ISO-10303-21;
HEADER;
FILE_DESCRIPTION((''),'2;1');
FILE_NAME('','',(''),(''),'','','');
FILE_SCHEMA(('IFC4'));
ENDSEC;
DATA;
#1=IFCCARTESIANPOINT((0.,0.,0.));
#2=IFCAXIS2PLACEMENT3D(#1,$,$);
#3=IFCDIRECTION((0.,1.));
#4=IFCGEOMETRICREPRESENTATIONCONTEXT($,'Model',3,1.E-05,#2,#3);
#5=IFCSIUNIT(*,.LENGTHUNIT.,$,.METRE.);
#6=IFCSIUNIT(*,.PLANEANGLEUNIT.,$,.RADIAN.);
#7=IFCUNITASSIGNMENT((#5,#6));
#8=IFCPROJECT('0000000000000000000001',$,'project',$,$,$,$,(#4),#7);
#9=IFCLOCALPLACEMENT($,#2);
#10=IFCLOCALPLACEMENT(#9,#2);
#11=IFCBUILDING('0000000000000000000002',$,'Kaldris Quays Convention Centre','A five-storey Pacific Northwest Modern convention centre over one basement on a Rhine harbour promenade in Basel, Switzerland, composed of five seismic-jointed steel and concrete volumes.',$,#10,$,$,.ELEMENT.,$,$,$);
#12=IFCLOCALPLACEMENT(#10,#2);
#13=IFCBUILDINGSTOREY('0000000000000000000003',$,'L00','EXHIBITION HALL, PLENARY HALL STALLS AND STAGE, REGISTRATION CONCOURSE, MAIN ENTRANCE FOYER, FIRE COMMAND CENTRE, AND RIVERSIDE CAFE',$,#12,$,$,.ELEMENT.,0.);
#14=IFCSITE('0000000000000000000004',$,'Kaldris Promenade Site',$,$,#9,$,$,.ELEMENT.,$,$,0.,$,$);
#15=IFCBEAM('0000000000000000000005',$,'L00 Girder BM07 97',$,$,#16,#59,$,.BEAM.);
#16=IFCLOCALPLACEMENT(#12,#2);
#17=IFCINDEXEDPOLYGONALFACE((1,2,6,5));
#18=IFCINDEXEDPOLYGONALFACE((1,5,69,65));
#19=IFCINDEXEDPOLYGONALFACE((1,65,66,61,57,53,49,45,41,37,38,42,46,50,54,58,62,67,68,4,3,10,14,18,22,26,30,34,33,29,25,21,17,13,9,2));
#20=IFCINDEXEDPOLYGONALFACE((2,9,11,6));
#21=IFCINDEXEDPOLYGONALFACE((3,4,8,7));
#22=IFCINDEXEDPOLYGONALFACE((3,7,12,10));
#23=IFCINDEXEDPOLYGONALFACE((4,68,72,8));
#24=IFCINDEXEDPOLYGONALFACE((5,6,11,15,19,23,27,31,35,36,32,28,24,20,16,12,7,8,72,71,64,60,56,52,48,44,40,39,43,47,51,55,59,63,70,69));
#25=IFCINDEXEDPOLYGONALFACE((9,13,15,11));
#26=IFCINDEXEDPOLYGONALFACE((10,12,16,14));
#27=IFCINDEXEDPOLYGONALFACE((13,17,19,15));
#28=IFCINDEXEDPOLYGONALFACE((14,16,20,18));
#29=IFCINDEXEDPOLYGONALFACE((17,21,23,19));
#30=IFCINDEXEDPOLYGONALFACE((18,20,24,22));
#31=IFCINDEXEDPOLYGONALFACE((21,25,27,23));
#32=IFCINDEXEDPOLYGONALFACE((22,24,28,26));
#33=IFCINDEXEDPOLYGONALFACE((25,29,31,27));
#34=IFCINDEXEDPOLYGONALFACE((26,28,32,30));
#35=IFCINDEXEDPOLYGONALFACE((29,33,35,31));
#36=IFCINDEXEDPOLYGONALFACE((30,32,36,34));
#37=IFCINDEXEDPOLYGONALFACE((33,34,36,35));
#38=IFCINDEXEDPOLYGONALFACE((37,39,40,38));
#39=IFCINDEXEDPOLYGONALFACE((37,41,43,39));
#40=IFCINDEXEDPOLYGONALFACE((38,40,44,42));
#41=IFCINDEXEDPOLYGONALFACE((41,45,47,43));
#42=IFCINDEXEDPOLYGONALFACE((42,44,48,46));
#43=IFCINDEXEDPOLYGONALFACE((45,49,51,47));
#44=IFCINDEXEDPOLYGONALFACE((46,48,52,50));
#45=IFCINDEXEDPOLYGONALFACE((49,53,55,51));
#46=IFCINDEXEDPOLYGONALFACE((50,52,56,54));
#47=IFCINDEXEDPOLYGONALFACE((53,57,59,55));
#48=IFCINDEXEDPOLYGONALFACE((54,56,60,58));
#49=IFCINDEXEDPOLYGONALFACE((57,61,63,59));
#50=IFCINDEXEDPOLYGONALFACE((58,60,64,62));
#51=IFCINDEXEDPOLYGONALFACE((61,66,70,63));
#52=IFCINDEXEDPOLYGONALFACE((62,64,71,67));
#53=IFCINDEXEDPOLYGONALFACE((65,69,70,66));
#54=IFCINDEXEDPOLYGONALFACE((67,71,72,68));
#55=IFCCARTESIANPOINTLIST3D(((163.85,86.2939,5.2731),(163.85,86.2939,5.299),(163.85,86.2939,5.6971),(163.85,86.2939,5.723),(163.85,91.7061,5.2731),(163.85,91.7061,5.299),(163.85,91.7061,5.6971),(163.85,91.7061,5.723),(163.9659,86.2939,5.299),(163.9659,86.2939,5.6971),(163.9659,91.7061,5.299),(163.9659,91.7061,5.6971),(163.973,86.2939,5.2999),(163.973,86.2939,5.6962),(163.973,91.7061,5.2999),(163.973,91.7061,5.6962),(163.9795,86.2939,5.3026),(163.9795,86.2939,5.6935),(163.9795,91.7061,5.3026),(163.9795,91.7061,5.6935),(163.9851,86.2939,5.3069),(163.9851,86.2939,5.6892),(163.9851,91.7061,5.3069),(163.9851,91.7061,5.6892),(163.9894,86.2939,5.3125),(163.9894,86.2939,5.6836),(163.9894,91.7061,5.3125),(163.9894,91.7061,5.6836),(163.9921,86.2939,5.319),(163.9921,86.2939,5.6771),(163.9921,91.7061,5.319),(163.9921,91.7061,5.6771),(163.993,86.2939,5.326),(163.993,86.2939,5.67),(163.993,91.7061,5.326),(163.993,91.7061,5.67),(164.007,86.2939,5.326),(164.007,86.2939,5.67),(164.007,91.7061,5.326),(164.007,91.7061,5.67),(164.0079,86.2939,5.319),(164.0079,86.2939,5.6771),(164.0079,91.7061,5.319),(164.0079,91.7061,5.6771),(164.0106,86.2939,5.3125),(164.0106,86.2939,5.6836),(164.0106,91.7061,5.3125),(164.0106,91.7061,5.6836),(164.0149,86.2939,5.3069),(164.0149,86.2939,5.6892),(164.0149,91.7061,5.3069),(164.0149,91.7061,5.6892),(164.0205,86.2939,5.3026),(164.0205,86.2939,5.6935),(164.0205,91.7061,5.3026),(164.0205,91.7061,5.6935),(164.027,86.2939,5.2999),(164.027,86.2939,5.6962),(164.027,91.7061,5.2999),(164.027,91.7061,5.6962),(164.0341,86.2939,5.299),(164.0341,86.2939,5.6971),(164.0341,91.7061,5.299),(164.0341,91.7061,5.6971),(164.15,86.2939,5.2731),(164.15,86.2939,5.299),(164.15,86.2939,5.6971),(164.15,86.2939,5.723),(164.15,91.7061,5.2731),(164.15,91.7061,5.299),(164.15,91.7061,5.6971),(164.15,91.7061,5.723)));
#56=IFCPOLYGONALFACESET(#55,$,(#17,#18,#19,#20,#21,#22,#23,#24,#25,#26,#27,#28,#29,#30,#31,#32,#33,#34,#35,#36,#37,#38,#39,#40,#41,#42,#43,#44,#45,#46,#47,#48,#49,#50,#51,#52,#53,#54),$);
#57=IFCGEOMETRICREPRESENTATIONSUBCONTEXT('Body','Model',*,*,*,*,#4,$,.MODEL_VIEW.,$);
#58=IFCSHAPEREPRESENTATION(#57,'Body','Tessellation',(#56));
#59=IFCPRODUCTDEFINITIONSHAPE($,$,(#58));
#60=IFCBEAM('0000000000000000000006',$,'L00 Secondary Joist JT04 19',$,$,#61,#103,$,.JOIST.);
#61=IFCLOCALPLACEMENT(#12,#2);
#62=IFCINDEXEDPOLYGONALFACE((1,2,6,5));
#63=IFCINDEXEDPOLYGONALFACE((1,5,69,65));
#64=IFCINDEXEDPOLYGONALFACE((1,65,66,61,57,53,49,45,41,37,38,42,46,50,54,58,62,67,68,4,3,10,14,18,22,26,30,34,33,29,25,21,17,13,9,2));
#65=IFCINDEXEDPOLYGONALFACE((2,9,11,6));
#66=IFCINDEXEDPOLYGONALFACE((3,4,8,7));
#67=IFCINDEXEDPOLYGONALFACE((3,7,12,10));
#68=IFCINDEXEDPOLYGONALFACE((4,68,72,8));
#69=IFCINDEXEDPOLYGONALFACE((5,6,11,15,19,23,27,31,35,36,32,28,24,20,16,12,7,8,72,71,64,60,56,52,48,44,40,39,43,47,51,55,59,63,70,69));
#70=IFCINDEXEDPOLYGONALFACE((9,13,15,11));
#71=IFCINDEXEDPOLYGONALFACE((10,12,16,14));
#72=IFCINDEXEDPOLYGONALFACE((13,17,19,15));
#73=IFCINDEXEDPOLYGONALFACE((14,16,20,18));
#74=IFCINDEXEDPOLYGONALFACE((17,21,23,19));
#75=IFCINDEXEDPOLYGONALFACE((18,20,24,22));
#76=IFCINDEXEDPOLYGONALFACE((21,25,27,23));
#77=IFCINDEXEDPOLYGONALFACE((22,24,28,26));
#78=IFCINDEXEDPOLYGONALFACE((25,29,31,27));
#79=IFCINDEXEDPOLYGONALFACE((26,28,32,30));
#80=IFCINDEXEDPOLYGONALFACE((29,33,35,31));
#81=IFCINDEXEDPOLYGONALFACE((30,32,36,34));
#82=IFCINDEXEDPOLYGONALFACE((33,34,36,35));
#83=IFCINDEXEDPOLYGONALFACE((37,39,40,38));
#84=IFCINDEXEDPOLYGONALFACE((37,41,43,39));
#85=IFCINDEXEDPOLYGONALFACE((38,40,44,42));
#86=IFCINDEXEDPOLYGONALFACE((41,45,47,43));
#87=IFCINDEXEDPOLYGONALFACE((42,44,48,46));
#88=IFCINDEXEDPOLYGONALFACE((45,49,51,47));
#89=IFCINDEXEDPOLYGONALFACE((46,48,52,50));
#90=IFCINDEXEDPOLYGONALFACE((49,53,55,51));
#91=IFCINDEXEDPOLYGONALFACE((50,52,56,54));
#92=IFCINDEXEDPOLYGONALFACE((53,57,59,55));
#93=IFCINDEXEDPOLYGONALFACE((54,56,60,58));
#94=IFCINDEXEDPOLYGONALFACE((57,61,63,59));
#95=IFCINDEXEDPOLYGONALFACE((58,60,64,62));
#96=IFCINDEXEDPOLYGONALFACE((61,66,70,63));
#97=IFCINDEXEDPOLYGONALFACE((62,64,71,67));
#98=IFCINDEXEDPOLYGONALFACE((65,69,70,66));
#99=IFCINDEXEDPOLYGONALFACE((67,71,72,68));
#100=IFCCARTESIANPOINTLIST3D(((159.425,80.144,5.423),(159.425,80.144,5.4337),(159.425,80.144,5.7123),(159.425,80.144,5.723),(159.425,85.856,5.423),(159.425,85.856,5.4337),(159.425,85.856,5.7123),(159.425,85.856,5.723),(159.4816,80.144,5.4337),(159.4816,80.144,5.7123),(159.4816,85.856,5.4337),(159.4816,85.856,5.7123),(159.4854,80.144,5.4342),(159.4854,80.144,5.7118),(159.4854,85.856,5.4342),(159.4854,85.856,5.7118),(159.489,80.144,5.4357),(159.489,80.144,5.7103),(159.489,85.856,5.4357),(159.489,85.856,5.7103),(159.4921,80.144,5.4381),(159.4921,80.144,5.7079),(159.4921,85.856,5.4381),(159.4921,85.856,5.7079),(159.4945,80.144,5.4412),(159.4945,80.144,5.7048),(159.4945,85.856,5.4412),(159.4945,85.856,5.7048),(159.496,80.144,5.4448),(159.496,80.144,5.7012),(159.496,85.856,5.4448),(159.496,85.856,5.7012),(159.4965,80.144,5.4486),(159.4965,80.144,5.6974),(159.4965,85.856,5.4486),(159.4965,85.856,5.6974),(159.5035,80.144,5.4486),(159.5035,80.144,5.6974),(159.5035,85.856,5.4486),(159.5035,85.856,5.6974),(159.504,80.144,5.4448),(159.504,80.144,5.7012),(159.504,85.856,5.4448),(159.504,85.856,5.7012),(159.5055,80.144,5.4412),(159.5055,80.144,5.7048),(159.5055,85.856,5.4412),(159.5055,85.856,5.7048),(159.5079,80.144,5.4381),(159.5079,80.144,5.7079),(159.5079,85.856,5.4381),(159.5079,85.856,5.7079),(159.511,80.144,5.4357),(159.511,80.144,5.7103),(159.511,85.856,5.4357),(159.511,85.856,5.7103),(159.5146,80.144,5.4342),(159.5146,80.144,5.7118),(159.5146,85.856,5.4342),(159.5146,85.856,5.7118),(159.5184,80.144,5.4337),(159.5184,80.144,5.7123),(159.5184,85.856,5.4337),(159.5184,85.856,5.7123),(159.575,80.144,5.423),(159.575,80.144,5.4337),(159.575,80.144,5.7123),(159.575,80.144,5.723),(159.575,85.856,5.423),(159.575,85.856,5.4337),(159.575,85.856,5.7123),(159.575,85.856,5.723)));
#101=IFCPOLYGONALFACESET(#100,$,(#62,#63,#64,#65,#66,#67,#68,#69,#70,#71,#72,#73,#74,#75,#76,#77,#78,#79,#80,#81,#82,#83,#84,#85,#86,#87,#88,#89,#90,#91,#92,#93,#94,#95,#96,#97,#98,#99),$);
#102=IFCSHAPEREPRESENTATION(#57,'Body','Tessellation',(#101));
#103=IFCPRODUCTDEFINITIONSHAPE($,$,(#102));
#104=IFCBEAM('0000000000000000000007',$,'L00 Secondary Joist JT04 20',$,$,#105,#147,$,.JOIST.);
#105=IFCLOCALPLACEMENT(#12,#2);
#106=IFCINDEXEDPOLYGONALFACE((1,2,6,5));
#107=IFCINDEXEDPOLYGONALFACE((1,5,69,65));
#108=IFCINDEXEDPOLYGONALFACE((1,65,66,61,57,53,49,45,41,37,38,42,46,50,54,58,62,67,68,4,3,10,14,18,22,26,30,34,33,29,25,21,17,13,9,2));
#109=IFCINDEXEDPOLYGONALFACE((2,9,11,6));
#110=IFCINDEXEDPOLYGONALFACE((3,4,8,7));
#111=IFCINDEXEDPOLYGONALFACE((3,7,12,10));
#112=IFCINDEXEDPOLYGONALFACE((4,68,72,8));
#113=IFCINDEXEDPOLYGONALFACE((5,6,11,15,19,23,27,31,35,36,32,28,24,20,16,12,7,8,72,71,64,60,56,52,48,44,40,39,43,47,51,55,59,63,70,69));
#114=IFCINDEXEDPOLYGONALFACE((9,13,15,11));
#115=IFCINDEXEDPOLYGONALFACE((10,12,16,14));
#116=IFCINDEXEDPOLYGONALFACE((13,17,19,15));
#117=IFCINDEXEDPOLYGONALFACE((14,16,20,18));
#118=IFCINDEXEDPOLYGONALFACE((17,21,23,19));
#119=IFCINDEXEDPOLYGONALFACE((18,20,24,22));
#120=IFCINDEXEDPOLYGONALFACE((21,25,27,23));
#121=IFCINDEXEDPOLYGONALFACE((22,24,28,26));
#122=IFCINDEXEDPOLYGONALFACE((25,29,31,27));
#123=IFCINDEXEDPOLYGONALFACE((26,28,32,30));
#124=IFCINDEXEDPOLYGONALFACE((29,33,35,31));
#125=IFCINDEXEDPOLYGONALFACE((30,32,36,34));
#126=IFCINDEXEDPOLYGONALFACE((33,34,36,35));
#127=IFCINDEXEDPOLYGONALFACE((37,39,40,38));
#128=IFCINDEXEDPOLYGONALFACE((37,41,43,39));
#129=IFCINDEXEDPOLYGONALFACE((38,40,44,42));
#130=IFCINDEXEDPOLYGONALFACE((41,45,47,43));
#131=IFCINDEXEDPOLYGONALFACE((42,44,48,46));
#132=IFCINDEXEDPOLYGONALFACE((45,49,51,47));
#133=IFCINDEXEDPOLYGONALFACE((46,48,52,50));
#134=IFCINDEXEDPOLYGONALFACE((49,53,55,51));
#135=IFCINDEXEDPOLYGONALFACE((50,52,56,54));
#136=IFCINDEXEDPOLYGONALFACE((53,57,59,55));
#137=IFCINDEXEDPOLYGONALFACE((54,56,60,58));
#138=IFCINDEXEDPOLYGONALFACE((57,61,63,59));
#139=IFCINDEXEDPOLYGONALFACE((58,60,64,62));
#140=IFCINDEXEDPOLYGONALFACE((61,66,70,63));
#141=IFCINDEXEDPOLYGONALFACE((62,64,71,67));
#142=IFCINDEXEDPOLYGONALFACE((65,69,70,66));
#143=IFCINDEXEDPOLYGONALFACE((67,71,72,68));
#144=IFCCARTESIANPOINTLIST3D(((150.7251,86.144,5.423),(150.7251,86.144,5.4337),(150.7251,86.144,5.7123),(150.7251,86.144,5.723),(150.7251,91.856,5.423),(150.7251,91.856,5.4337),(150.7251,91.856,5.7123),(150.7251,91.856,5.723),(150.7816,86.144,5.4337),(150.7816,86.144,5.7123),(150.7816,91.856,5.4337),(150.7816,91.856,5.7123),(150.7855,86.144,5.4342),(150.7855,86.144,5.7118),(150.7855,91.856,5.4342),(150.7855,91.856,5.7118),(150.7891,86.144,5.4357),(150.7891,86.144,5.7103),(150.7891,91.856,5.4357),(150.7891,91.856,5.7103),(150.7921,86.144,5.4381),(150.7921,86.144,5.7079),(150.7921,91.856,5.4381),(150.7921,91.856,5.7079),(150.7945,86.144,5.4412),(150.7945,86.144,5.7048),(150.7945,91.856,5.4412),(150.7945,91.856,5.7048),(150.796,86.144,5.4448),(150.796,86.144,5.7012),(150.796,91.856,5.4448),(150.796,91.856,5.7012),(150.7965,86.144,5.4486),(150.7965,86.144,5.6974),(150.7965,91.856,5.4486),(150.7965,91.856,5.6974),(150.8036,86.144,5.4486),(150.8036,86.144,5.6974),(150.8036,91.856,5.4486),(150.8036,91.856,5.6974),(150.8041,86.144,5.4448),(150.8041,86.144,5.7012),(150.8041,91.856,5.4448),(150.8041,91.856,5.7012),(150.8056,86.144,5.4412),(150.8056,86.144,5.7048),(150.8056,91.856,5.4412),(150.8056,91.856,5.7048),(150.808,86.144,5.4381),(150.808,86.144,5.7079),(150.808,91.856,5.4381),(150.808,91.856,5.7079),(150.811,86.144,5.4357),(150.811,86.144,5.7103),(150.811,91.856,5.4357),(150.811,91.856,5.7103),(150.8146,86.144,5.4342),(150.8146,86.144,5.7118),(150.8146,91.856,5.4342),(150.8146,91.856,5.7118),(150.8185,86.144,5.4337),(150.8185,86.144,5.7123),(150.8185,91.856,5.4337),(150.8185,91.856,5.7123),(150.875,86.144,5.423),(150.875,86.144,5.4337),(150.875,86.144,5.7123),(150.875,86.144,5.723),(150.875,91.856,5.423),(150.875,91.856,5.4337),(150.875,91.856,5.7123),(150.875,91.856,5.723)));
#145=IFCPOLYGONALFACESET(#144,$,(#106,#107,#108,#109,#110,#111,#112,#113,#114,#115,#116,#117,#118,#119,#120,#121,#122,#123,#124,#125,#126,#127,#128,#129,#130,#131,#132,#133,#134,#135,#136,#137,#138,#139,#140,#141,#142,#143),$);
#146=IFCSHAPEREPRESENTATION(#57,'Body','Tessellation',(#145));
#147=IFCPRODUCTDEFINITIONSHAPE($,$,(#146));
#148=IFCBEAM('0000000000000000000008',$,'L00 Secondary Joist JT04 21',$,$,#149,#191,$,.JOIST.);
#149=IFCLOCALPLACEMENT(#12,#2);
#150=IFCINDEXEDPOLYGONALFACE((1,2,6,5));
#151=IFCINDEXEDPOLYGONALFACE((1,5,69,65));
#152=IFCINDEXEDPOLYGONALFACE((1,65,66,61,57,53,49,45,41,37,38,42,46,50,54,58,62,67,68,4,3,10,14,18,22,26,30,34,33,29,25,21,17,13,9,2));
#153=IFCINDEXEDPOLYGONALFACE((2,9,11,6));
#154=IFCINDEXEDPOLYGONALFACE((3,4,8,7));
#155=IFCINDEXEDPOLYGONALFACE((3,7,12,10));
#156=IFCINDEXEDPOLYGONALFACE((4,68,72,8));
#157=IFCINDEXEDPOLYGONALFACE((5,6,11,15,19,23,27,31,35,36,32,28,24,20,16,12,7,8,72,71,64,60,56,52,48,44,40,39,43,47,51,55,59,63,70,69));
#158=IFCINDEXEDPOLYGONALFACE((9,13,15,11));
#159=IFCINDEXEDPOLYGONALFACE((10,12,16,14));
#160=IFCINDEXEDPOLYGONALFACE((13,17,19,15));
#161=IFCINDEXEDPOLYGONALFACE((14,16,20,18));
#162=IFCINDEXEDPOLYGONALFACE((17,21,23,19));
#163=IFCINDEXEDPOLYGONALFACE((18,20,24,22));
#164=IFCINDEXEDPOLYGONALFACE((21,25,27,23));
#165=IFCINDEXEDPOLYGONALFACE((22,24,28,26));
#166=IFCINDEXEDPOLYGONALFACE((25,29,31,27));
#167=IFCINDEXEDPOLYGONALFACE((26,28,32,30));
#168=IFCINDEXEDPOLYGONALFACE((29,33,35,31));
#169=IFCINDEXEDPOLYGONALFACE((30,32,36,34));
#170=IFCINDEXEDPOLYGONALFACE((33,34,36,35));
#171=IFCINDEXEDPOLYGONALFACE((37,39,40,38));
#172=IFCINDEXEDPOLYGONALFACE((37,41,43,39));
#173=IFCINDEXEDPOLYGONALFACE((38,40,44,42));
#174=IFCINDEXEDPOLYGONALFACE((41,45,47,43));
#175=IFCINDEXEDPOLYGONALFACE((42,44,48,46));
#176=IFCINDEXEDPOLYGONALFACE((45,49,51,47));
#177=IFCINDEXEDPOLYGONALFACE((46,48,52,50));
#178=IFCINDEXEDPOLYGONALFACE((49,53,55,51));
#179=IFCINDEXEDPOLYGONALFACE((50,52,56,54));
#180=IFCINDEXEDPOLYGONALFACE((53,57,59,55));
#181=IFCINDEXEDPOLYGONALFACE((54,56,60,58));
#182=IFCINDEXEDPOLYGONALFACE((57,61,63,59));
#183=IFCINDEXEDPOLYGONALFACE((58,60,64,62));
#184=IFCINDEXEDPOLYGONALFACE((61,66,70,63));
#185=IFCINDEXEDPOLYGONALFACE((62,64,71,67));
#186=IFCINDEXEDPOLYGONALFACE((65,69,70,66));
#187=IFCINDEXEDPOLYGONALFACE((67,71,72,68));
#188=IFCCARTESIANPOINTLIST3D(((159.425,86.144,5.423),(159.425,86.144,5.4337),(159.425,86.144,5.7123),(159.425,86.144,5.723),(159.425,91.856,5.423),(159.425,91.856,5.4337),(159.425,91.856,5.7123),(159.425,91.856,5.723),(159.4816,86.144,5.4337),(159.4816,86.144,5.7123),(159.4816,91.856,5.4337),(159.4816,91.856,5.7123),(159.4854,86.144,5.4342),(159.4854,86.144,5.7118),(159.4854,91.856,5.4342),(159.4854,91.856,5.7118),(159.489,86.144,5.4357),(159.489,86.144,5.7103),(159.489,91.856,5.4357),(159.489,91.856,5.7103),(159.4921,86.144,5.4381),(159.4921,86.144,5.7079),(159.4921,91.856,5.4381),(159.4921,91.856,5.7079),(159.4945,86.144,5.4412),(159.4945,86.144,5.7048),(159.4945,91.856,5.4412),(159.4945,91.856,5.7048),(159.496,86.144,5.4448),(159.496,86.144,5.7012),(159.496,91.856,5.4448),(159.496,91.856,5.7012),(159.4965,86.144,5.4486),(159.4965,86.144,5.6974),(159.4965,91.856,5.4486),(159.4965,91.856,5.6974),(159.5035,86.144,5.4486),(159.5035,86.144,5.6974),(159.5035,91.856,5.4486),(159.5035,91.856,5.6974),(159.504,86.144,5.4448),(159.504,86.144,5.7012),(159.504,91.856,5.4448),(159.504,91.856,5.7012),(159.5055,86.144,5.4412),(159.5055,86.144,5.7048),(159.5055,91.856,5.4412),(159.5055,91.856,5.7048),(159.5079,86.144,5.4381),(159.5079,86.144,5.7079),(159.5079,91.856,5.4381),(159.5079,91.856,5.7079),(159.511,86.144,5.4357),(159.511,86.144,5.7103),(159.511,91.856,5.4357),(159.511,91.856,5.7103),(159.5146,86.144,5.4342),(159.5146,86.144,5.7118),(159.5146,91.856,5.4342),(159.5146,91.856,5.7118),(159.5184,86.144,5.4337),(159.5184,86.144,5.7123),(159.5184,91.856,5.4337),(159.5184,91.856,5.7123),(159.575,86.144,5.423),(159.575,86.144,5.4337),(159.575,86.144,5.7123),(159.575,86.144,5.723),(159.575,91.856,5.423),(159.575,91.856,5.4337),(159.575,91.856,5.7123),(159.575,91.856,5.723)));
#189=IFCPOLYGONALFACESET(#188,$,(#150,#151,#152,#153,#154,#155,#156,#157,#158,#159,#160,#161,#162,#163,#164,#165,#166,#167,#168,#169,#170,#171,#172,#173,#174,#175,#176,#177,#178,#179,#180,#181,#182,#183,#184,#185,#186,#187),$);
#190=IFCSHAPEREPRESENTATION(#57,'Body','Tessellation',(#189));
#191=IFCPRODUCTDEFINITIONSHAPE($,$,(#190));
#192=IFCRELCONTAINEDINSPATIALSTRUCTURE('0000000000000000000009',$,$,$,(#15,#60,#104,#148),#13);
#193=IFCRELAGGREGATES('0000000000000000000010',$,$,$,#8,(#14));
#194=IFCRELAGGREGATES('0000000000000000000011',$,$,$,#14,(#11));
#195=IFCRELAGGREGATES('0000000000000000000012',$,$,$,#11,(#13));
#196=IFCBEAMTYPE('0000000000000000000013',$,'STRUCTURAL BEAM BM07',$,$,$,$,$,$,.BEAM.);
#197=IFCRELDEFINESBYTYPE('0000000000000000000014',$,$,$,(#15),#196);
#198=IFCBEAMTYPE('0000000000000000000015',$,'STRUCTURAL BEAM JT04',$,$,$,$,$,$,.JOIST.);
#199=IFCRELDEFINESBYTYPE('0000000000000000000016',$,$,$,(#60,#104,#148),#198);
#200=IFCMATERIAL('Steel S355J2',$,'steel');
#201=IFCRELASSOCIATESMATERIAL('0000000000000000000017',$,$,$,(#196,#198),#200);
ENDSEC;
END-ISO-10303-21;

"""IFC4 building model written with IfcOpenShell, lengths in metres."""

from ifc_helpers import new_model, si_unit, direction, frame, origin, origin_2d, place, context, subcontext, project, spatial, i_section, extrude, material, material_profile, profile_set, type_object, element, save


model = new_model("IFC4")

# Units and contexts
model_context = context("Model", 3, precision=1e-05, world=origin(), true_north=direction((0.0, 1.0)))
body_context = subcontext(model_context, "Body", "Model", "MODEL_VIEW")
ifc_project = project(units=[si_unit("LENGTHUNIT", "METRE"), si_unit("PLANEANGLEUNIT", "RADIAN")], contexts=[model_context])

# Site, building, storey
site_placement = place(None, origin())
site = spatial("IfcSite", under=ifc_project, at=site_placement, Name="Kaldris Promenade Site", CompositionType="ELEMENT", RefElevation=0.0)
building_placement = place(site_placement, origin())
building = spatial("IfcBuilding", under=site, at=building_placement, Name="Kaldris Quays Convention Centre", Description="A five-storey Pacific Northwest Modern convention centre over one basement on a Rhine harbour promenade in Basel, Switzerland, composed of five seismic-jointed steel and concrete volumes.", CompositionType="ELEMENT")
storey_placement = place(building_placement, origin())
storey = spatial("IfcBuildingStorey", under=building, at=storey_placement, Name="L00", Description="EXHIBITION HALL, PLENARY HALL STALLS AND STAGE, REGISTRATION CONCOURSE, MAIN ENTRANCE FOYER, FIRE COMMAND CENTRE, AND RIVERSIDE CAFE", CompositionType="ELEMENT", Elevation=0.0)

# Shared definitions
ifc_material_1 = material(Name="Steel S355J2", Category="steel")

# Beams
ifc_material_profile_1 = material_profile(ifc_material_1, i_section(OverallWidth=0.3, OverallDepth=0.45, WebThickness=0.0139, FlangeThickness=0.0259, FilletRadius=0.0271, at=origin_2d()), Name="HEB 450")
ifc_profile_set_1 = profile_set([ifc_material_profile_1], Name="Steel S355J2")
beam_type_1 = type_object("IfcBeamType", Name="STRUCTURAL BEAM BM07", PredefinedType="BEAM", material=ifc_profile_set_1)
for number, where, z_axis, x_axis, name in (
    (1, (164.0, 86.2939, 5.498), (0.0, 1.0, 0.0), (-1.0, 0.0, 0.0), "L00 Girder BM07 97"),
):
    element("IfcBeam", number, at=place(storey_placement, frame(where, z_axis=z_axis, x_axis=x_axis)), inside=storey, type_object=beam_type_1, Name=name, PredefinedType="BEAM", context=body_context, shape_type="SweptSolid", body=[
        extrude(i_section(OverallWidth=0.3, OverallDepth=0.45, WebThickness=0.0139, FlangeThickness=0.0259, FilletRadius=0.0271, at=origin_2d()), origin(), (0.0, 0.0, 1.0), 5.4121),
    ])
ifc_material_profile_2 = material_profile(ifc_material_1, i_section(OverallWidth=0.1499, OverallDepth=0.3, WebThickness=0.0071, FlangeThickness=0.0107, FilletRadius=0.0149, at=origin_2d()), Name="IPE 300")
ifc_profile_set_2 = profile_set([ifc_material_profile_2], Name="Steel S355J2")
beam_type_2 = type_object("IfcBeamType", Name="STRUCTURAL BEAM JT04", PredefinedType="JOIST", material=ifc_profile_set_2)
for number, where, z_axis, x_axis, name in (
    (2, (159.5, 80.144, 5.573), (0.0, 1.0, 0.0), (-1.0, 0.0, 0.0), "L00 Secondary Joist JT04 19"),
    (3, (150.8, 86.144, 5.573), (0.0, 1.0, 0.0), (-1.0, 0.0, 0.0), "L00 Secondary Joist JT04 20"),
    (4, (159.5, 86.144, 5.573), (0.0, 1.0, 0.0), (-1.0, 0.0, 0.0), "L00 Secondary Joist JT04 21"),
):
    element("IfcBeam", number, at=place(storey_placement, frame(where, z_axis=z_axis, x_axis=x_axis)), inside=storey, type_object=beam_type_2, Name=name, PredefinedType="JOIST", context=body_context, shape_type="SweptSolid", body=[
        extrude(i_section(OverallWidth=0.1499, OverallDepth=0.3, WebThickness=0.0071, FlangeThickness=0.0107, FilletRadius=0.0149, at=origin_2d()), origin(), (0.0, 0.0, 1.0), 5.7119),
    ])

save(model, "model.ifc")
